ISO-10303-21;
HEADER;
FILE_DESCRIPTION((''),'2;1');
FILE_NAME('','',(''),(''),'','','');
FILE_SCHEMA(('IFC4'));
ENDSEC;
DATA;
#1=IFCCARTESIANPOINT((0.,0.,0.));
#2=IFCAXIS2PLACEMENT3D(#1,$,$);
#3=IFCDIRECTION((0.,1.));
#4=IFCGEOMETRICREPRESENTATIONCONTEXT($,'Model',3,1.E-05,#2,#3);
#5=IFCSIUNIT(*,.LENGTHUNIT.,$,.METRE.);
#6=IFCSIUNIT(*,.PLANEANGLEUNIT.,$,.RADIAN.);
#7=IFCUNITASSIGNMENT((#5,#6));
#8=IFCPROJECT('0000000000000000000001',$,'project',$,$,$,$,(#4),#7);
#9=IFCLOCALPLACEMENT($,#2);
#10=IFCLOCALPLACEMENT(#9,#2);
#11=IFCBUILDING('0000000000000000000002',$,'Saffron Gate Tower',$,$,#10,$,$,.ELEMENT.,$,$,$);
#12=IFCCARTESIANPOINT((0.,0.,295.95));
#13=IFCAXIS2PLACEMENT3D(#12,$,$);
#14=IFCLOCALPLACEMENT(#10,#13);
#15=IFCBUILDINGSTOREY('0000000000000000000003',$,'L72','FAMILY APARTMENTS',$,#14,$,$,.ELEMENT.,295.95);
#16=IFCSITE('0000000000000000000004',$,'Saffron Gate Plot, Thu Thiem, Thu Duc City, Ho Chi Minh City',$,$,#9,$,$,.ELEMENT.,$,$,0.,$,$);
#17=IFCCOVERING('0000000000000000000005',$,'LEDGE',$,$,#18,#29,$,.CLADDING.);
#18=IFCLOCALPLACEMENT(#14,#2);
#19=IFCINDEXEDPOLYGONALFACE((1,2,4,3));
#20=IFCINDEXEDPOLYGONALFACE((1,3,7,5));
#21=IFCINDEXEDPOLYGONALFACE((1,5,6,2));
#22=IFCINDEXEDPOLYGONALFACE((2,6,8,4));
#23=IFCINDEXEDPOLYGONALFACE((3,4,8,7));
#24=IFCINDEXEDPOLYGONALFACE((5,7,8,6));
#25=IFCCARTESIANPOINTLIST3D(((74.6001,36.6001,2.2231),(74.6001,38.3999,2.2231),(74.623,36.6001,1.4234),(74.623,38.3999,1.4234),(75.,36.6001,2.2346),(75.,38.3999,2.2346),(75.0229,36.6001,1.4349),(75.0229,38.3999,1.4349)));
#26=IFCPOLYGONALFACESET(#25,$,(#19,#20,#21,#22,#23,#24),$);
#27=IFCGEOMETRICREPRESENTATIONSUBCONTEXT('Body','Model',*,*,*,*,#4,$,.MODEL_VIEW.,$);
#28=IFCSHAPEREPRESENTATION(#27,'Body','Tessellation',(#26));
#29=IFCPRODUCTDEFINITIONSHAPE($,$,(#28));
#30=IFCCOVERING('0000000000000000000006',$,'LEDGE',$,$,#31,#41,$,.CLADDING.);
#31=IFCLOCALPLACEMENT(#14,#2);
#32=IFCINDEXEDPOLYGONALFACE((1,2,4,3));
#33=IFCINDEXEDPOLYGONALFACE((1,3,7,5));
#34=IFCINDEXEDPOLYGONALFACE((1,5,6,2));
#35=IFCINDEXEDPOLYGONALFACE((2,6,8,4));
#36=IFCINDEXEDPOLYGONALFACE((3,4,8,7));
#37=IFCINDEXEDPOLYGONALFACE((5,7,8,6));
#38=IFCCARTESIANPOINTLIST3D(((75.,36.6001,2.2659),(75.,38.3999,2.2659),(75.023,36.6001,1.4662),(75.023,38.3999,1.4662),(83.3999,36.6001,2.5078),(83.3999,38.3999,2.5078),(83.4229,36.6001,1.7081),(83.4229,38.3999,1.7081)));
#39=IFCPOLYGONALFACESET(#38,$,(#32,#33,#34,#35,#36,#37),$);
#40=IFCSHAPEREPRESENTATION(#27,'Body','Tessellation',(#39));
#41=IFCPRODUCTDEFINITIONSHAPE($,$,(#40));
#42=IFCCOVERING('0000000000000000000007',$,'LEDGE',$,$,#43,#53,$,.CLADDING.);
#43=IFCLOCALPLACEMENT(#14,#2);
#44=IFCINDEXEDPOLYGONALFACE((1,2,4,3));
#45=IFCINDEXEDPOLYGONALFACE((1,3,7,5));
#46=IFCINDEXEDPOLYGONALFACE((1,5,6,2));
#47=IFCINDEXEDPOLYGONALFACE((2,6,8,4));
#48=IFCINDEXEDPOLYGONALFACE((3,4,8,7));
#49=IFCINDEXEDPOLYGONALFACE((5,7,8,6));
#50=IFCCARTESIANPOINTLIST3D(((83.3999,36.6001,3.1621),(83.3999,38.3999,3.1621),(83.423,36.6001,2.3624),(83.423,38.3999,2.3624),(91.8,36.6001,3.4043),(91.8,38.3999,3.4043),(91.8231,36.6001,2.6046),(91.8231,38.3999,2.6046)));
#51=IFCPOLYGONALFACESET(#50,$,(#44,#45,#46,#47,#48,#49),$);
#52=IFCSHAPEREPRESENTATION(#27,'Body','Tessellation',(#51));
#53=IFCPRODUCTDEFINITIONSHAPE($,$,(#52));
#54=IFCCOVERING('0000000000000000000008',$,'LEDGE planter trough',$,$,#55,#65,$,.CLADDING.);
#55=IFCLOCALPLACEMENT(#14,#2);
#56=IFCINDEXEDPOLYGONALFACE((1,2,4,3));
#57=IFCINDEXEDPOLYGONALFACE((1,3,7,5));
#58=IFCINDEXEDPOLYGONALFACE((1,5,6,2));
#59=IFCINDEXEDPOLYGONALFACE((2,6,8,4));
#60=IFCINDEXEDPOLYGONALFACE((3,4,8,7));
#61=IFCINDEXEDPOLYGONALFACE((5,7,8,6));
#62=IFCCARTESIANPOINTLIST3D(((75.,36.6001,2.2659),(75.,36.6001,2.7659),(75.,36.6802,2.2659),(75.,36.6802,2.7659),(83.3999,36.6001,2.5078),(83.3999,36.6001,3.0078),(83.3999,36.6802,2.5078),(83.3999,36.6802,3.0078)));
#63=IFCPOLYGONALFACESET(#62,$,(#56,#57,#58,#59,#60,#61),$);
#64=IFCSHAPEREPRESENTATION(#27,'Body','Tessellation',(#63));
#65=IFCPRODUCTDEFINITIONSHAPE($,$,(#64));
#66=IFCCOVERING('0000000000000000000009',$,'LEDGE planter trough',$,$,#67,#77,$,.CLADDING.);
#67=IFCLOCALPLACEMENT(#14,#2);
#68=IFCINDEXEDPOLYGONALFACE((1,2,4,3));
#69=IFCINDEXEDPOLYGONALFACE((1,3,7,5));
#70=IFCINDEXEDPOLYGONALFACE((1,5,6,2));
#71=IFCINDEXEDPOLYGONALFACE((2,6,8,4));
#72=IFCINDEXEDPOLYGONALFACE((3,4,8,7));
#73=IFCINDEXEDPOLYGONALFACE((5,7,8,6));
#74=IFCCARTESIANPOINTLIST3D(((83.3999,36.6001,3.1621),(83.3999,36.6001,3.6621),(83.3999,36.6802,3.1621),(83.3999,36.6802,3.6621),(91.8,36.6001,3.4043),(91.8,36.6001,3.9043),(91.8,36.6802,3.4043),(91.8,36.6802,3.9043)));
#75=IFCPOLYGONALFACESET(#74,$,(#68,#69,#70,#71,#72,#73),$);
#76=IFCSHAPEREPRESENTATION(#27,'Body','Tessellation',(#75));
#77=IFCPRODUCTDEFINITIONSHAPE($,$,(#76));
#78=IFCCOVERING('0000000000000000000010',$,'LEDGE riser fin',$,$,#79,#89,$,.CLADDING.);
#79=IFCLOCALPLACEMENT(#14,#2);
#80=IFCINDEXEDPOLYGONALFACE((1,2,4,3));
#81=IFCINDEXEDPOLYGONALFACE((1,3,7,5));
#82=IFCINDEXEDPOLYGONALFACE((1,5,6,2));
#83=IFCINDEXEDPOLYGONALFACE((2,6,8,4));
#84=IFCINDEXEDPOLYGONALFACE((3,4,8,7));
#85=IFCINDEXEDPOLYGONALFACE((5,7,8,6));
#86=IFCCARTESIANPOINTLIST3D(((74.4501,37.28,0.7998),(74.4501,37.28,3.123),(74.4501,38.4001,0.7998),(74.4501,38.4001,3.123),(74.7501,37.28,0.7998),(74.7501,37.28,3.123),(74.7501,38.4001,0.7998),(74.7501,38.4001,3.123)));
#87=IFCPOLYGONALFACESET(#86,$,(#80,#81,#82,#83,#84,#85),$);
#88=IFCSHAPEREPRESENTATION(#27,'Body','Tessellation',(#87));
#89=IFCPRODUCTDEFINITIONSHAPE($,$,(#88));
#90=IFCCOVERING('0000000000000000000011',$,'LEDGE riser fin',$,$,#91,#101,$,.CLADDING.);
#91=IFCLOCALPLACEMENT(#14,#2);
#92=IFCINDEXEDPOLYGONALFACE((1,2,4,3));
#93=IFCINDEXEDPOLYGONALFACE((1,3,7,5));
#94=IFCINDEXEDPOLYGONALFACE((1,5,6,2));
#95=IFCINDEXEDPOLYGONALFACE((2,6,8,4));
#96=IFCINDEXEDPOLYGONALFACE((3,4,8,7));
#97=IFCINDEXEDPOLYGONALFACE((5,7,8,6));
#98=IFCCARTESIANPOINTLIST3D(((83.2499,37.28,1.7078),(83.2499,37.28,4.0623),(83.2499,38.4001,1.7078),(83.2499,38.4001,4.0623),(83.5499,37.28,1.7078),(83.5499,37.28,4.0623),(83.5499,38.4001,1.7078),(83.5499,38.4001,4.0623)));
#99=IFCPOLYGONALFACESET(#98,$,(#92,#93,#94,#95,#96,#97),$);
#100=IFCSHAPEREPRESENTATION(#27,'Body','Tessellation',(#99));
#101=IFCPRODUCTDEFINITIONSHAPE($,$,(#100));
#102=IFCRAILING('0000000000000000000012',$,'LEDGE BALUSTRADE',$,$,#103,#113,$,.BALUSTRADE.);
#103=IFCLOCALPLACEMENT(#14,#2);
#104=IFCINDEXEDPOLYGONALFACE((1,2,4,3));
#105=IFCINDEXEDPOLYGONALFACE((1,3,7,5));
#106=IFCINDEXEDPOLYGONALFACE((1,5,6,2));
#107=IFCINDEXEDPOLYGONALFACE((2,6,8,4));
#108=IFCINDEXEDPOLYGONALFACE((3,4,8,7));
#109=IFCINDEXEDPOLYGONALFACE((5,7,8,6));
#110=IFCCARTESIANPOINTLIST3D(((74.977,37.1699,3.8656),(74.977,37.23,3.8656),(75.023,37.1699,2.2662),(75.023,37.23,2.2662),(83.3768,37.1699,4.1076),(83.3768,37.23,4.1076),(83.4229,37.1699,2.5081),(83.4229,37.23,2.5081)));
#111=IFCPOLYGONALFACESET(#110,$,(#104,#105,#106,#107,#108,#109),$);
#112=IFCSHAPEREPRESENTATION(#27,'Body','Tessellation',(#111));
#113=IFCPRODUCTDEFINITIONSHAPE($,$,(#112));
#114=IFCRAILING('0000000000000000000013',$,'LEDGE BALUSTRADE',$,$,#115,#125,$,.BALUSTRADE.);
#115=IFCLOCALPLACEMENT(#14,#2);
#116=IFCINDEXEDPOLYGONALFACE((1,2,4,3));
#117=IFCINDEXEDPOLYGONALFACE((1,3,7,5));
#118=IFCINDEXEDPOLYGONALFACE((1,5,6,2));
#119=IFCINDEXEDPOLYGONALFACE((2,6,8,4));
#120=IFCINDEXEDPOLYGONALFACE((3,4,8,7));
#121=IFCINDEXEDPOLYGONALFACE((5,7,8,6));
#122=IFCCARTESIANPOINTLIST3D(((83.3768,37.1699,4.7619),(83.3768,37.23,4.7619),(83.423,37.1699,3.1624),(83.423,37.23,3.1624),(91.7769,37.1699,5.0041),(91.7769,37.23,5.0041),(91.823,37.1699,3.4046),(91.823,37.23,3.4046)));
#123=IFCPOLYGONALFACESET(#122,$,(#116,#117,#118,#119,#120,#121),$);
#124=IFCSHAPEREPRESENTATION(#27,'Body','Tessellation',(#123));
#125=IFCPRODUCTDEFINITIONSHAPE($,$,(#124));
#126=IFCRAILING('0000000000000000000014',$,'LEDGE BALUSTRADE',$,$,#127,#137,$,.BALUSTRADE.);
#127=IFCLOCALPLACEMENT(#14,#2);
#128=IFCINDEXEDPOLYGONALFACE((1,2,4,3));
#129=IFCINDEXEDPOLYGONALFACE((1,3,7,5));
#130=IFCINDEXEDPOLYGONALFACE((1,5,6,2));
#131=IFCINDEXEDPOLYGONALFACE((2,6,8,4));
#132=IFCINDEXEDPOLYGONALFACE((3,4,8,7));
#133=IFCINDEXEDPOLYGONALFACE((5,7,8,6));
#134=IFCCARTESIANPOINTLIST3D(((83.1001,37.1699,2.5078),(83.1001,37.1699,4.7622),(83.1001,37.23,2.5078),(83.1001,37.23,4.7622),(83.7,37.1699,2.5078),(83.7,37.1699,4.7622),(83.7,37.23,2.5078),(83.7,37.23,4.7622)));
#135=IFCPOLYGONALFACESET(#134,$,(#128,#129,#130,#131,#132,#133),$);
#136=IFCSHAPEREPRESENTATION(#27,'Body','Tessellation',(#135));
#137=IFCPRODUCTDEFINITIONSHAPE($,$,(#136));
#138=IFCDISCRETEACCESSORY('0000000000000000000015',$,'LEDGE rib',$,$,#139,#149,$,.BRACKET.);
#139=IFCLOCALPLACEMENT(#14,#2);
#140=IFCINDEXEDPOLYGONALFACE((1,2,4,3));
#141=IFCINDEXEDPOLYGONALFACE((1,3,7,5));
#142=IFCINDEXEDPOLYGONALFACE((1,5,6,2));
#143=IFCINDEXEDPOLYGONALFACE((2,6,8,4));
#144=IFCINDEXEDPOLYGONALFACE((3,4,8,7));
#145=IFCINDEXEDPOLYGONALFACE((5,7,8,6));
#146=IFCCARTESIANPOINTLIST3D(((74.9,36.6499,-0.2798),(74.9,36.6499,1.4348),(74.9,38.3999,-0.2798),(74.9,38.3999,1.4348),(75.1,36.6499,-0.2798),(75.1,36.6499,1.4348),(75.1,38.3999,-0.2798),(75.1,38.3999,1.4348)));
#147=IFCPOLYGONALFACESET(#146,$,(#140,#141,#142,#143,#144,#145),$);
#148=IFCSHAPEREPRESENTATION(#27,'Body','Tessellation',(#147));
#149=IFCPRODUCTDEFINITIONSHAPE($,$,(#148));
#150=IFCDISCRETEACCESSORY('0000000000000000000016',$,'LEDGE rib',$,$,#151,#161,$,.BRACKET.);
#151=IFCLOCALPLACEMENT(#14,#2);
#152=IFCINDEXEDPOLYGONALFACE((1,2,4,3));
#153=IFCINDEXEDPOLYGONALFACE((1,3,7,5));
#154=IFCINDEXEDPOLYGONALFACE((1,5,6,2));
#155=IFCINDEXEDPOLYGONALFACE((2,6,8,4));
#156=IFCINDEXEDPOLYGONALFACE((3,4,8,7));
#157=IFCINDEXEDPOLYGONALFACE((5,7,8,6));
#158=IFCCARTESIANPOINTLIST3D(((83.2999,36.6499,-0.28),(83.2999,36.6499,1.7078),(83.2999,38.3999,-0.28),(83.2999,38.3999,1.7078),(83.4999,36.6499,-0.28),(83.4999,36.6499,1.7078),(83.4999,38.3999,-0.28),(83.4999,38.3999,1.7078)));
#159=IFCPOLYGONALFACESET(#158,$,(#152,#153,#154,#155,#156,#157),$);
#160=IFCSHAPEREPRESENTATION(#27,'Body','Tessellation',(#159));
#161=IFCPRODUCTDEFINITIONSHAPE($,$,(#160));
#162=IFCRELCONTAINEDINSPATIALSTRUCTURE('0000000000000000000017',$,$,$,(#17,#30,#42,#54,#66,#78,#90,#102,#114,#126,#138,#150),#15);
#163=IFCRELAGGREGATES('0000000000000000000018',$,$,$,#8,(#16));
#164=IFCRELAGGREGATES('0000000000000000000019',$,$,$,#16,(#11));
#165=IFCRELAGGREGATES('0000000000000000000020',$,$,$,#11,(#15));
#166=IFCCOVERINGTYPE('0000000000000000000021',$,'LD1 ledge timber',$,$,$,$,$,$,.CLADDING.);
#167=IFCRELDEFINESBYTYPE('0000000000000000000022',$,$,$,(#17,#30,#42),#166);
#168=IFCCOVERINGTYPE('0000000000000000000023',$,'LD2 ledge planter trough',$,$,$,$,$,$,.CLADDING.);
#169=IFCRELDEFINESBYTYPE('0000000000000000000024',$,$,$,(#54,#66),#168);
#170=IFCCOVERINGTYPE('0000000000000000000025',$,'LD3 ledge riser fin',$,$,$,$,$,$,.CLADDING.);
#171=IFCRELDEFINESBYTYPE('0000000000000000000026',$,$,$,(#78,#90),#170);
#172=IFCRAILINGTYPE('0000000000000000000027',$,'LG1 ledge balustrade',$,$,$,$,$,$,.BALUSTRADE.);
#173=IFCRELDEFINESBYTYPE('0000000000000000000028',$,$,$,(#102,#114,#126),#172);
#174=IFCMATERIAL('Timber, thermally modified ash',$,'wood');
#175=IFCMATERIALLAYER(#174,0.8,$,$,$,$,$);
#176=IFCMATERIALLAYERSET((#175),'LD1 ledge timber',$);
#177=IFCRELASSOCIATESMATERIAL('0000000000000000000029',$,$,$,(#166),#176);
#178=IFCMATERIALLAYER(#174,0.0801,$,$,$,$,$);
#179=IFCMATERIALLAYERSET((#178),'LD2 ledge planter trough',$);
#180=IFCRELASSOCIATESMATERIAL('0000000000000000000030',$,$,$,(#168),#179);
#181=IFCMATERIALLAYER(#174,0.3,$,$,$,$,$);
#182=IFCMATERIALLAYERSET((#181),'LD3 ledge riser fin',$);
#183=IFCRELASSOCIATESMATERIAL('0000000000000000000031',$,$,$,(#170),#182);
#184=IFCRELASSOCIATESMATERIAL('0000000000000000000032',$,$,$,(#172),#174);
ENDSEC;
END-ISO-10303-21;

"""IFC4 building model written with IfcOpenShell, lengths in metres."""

from ifc_helpers import new_model, si_unit, direction, frame, origin, origin_2d, place, context, subcontext, project, spatial, polyline, rectangle, outline, extrude, material, layer, layer_set, type_object, element, save


model = new_model("IFC4")

# Units and contexts
model_context = context("Model", 3, precision=1e-05, world=origin(), true_north=direction((0.0, 1.0)))
body_context = subcontext(model_context, "Body", "Model", "MODEL_VIEW")
ifc_project = project(units=[si_unit("LENGTHUNIT", "METRE"), si_unit("PLANEANGLEUNIT", "RADIAN")], contexts=[model_context])

# Site, building, storey
site_placement = place(None, origin())
site = spatial("IfcSite", under=ifc_project, at=site_placement, Name="Saffron Gate Plot, Thu Thiem, Thu Duc City, Ho Chi Minh City", CompositionType="ELEMENT", RefElevation=0.0)
building_placement = place(site_placement, origin())
building = spatial("IfcBuilding", under=site, at=building_placement, Name="Saffron Gate Tower", CompositionType="ELEMENT")
storey_placement = place(building_placement, frame((0.0, 0.0, 295.95)))
storey = spatial("IfcBuildingStorey", under=building, at=storey_placement, Name="L72", Description="FAMILY APARTMENTS", CompositionType="ELEMENT", Elevation=295.95)

# Coverings
ifc_material_1 = material(Name="Timber, thermally modified ash", Category="wood")
ifc_layer_1 = layer(ifc_material_1, 0.8)
ifc_layer_set_1 = layer_set([ifc_layer_1], Name="LD1 ledge timber")
covering_type_1 = type_object("IfcCoveringType", Name="LD1 ledge timber", PredefinedType="CLADDING", material=ifc_layer_set_1)
covering_1_placement = place(storey_placement, frame((74.6001, 38.3999, 2.2231), z_axis=(-0.028682, 0.0, 0.999589), x_axis=(0.999589, 0.0, 0.028682)))
element("IfcCovering", 1, at=covering_1_placement, inside=storey, type_object=covering_type_1, Name="LEDGE", PredefinedType="CLADDING", context=body_context, shape_type="SweptSolid", body=[
    extrude(outline(polyline([(0.0, 0.0), (0.4001, 0.0), (0.4001, -1.7998), (0.0, -1.7998), (0.0, 0.0)])), origin(), (0.0, 0.0, -1.0), 0.8),
])
covering_2_placement = place(storey_placement, frame((75.0, 38.3999, 2.2659), z_axis=(-0.028791, 0.0, 0.999585), x_axis=(0.999585, 0.0, 0.028791)))
element("IfcCovering", 2, at=covering_2_placement, inside=storey, type_object=covering_type_1, Name="LEDGE", PredefinedType="CLADDING", context=body_context, shape_type="SweptSolid", body=[
    extrude(outline(polyline([(0.0, 0.0), (8.4034, 0.0), (8.4034, -1.7998), (0.0, -1.7998), (0.0, 0.0)])), origin(), (0.0, 0.0, -1.0), 0.8),
])
covering_3_placement = place(storey_placement, frame((83.3999, 38.3999, 3.1621), z_axis=(-0.028819, 0.0, 0.999585), x_axis=(0.999585, 0.0, 0.028819)))
element("IfcCovering", 3, at=covering_3_placement, inside=storey, type_object=covering_type_1, Name="LEDGE", PredefinedType="CLADDING", context=body_context, shape_type="SweptSolid", body=[
    extrude(outline(polyline([(0.0, 0.0), (8.4036, 0.0), (8.4036, -1.7998), (0.0, -1.7998), (0.0, 0.0)])), origin(), (0.0, 0.0, -1.0), 0.8),
])
ifc_layer_2 = layer(ifc_material_1, 0.0801)
ifc_layer_set_2 = layer_set([ifc_layer_2], Name="LD2 ledge planter trough")
covering_type_2 = type_object("IfcCoveringType", Name="LD2 ledge planter trough", PredefinedType="CLADDING", material=ifc_layer_set_2)
covering_4_placement = place(storey_placement, frame((75.0, 36.6001, 2.2659), z_axis=(0.0, -1.0, 0.0), x_axis=(0.999585, 0.0, 0.028791)))
element("IfcCovering", 4, at=covering_4_placement, inside=storey, type_object=covering_type_2, Name="LEDGE planter trough", PredefinedType="CLADDING", context=body_context, shape_type="SweptSolid", body=[
    extrude(outline(polyline([(0.0, 0.0), (8.4034, 0.0), (8.4178, 0.4998), (0.0144, 0.4998), (0.0, 0.0)])), origin(), (0.0, 0.0, -1.0), 0.0801),
])
covering_5_placement = place(storey_placement, frame((83.3999, 36.6001, 3.1621), z_axis=(0.0, -1.0, 0.0), x_axis=(0.999585, 0.0, 0.028819)))
element("IfcCovering", 5, at=covering_5_placement, inside=storey, type_object=covering_type_2, Name="LEDGE planter trough", PredefinedType="CLADDING", context=body_context, shape_type="SweptSolid", body=[
    extrude(outline(polyline([(0.0, 0.0), (8.4036, 0.0), (8.418, 0.4998), (0.0144, 0.4998), (0.0, 0.0)])), origin(), (0.0, 0.0, -1.0), 0.0801),
])
ifc_layer_3 = layer(ifc_material_1, 0.3)
ifc_layer_set_3 = layer_set([ifc_layer_3], Name="LD3 ledge riser fin")
covering_type_3 = type_object("IfcCoveringType", Name="LD3 ledge riser fin", PredefinedType="CLADDING", material=ifc_layer_set_3)
covering_6_placement = place(storey_placement, frame((74.6001, 37.8401, 0.7998), z_axis=(0.0, 0.0, 1.0), x_axis=(1.0, 0.0, 0.0)))
element("IfcCovering", 6, at=covering_6_placement, inside=storey, type_object=covering_type_3, Name="LEDGE riser fin", PredefinedType="CLADDING", context=body_context, shape_type="SweptSolid", body=[
    extrude(rectangle(XDim=0.3, YDim=1.1201, at=origin_2d()), origin(), (0.0, 0.0, 1.0), 2.3232),
])
covering_7_placement = place(storey_placement, frame((83.3999, 37.8401, 1.7078), z_axis=(0.0, 0.0, 1.0), x_axis=(1.0, 0.0, 0.0)))
element("IfcCovering", 7, at=covering_7_placement, inside=storey, type_object=covering_type_3, Name="LEDGE riser fin", PredefinedType="CLADDING", context=body_context, shape_type="SweptSolid", body=[
    extrude(rectangle(XDim=0.3, YDim=1.1201, at=origin_2d()), origin(), (0.0, 0.0, 1.0), 2.3545),
])

# Railings
railing_type_1 = type_object("IfcRailingType", Name="LG1 ledge balustrade", PredefinedType="BALUSTRADE", material=ifc_material_1)
railing_1_placement = place(storey_placement, frame((75.0, 37.2, 2.2659)))
element("IfcRailing", 8, at=railing_1_placement, inside=storey, type_object=railing_type_1, Name="LEDGE BALUSTRADE", PredefinedType="BALUSTRADE", context=body_context, shape_type="SweptSolid", body=[
    extrude(rectangle(XDim=0.0601, YDim=1.6001, at=origin_2d()), frame((0.0, 0.0, 0.8), z_axis=(0.999585, 0.0, 0.028791), x_axis=(0.0, 1.0, 0.0)), (0.0, 0.0, 1.0), 8.4033),
])
railing_2_placement = place(storey_placement, frame((83.3999, 37.2, 3.1621)))
element("IfcRailing", 9, at=railing_2_placement, inside=storey, type_object=railing_type_1, Name="LEDGE BALUSTRADE", PredefinedType="BALUSTRADE", context=body_context, shape_type="SweptSolid", body=[
    extrude(rectangle(XDim=0.0601, YDim=1.6001, at=origin_2d()), frame((0.0, 0.0, 0.8), z_axis=(0.999585, 0.0, 0.028819), x_axis=(0.0, 1.0, 0.0)), (0.0, 0.0, 1.0), 8.4036),
])
railing_3_placement = place(storey_placement, frame((83.1001, 37.2, 2.5078)))
element("IfcRailing", 10, at=railing_3_placement, inside=storey, type_object=railing_type_1, Name="LEDGE BALUSTRADE", PredefinedType="BALUSTRADE", context=body_context, shape_type="SweptSolid", body=[
    extrude(rectangle(XDim=0.0601, YDim=2.2544, at=origin_2d()), frame((0.0, 0.0, 1.1272), z_axis=(1.0, 0.0, 0.0), x_axis=(0.0, 1.0, 0.0)), (0.0, 0.0, 1.0), 0.5999),
])

# Discrete accessories
discrete_accessory_1_placement = place(storey_placement, frame((75.0, 37.5249, -0.2798), z_axis=(0.0, 0.0, 1.0), x_axis=(1.0, 0.0, 0.0)))
element("IfcDiscreteAccessory", 11, at=discrete_accessory_1_placement, inside=storey, Name="LEDGE rib", PredefinedType="BRACKET", context=body_context, shape_type="SweptSolid", body=[
    extrude(rectangle(XDim=0.2, YDim=1.75, at=origin_2d()), origin(), (0.0, 0.0, 1.0), 1.7146),
])
discrete_accessory_2_placement = place(storey_placement, frame((83.3999, 37.5249, -0.28), z_axis=(0.0, 0.0, 1.0), x_axis=(1.0, 0.0, 0.0)))
element("IfcDiscreteAccessory", 12, at=discrete_accessory_2_placement, inside=storey, Name="LEDGE rib", PredefinedType="BRACKET", context=body_context, shape_type="SweptSolid", body=[
    extrude(rectangle(XDim=0.2, YDim=1.75, at=origin_2d()), origin(), (0.0, 0.0, 1.0), 1.9878),
])

save(model, "model.ifc")
